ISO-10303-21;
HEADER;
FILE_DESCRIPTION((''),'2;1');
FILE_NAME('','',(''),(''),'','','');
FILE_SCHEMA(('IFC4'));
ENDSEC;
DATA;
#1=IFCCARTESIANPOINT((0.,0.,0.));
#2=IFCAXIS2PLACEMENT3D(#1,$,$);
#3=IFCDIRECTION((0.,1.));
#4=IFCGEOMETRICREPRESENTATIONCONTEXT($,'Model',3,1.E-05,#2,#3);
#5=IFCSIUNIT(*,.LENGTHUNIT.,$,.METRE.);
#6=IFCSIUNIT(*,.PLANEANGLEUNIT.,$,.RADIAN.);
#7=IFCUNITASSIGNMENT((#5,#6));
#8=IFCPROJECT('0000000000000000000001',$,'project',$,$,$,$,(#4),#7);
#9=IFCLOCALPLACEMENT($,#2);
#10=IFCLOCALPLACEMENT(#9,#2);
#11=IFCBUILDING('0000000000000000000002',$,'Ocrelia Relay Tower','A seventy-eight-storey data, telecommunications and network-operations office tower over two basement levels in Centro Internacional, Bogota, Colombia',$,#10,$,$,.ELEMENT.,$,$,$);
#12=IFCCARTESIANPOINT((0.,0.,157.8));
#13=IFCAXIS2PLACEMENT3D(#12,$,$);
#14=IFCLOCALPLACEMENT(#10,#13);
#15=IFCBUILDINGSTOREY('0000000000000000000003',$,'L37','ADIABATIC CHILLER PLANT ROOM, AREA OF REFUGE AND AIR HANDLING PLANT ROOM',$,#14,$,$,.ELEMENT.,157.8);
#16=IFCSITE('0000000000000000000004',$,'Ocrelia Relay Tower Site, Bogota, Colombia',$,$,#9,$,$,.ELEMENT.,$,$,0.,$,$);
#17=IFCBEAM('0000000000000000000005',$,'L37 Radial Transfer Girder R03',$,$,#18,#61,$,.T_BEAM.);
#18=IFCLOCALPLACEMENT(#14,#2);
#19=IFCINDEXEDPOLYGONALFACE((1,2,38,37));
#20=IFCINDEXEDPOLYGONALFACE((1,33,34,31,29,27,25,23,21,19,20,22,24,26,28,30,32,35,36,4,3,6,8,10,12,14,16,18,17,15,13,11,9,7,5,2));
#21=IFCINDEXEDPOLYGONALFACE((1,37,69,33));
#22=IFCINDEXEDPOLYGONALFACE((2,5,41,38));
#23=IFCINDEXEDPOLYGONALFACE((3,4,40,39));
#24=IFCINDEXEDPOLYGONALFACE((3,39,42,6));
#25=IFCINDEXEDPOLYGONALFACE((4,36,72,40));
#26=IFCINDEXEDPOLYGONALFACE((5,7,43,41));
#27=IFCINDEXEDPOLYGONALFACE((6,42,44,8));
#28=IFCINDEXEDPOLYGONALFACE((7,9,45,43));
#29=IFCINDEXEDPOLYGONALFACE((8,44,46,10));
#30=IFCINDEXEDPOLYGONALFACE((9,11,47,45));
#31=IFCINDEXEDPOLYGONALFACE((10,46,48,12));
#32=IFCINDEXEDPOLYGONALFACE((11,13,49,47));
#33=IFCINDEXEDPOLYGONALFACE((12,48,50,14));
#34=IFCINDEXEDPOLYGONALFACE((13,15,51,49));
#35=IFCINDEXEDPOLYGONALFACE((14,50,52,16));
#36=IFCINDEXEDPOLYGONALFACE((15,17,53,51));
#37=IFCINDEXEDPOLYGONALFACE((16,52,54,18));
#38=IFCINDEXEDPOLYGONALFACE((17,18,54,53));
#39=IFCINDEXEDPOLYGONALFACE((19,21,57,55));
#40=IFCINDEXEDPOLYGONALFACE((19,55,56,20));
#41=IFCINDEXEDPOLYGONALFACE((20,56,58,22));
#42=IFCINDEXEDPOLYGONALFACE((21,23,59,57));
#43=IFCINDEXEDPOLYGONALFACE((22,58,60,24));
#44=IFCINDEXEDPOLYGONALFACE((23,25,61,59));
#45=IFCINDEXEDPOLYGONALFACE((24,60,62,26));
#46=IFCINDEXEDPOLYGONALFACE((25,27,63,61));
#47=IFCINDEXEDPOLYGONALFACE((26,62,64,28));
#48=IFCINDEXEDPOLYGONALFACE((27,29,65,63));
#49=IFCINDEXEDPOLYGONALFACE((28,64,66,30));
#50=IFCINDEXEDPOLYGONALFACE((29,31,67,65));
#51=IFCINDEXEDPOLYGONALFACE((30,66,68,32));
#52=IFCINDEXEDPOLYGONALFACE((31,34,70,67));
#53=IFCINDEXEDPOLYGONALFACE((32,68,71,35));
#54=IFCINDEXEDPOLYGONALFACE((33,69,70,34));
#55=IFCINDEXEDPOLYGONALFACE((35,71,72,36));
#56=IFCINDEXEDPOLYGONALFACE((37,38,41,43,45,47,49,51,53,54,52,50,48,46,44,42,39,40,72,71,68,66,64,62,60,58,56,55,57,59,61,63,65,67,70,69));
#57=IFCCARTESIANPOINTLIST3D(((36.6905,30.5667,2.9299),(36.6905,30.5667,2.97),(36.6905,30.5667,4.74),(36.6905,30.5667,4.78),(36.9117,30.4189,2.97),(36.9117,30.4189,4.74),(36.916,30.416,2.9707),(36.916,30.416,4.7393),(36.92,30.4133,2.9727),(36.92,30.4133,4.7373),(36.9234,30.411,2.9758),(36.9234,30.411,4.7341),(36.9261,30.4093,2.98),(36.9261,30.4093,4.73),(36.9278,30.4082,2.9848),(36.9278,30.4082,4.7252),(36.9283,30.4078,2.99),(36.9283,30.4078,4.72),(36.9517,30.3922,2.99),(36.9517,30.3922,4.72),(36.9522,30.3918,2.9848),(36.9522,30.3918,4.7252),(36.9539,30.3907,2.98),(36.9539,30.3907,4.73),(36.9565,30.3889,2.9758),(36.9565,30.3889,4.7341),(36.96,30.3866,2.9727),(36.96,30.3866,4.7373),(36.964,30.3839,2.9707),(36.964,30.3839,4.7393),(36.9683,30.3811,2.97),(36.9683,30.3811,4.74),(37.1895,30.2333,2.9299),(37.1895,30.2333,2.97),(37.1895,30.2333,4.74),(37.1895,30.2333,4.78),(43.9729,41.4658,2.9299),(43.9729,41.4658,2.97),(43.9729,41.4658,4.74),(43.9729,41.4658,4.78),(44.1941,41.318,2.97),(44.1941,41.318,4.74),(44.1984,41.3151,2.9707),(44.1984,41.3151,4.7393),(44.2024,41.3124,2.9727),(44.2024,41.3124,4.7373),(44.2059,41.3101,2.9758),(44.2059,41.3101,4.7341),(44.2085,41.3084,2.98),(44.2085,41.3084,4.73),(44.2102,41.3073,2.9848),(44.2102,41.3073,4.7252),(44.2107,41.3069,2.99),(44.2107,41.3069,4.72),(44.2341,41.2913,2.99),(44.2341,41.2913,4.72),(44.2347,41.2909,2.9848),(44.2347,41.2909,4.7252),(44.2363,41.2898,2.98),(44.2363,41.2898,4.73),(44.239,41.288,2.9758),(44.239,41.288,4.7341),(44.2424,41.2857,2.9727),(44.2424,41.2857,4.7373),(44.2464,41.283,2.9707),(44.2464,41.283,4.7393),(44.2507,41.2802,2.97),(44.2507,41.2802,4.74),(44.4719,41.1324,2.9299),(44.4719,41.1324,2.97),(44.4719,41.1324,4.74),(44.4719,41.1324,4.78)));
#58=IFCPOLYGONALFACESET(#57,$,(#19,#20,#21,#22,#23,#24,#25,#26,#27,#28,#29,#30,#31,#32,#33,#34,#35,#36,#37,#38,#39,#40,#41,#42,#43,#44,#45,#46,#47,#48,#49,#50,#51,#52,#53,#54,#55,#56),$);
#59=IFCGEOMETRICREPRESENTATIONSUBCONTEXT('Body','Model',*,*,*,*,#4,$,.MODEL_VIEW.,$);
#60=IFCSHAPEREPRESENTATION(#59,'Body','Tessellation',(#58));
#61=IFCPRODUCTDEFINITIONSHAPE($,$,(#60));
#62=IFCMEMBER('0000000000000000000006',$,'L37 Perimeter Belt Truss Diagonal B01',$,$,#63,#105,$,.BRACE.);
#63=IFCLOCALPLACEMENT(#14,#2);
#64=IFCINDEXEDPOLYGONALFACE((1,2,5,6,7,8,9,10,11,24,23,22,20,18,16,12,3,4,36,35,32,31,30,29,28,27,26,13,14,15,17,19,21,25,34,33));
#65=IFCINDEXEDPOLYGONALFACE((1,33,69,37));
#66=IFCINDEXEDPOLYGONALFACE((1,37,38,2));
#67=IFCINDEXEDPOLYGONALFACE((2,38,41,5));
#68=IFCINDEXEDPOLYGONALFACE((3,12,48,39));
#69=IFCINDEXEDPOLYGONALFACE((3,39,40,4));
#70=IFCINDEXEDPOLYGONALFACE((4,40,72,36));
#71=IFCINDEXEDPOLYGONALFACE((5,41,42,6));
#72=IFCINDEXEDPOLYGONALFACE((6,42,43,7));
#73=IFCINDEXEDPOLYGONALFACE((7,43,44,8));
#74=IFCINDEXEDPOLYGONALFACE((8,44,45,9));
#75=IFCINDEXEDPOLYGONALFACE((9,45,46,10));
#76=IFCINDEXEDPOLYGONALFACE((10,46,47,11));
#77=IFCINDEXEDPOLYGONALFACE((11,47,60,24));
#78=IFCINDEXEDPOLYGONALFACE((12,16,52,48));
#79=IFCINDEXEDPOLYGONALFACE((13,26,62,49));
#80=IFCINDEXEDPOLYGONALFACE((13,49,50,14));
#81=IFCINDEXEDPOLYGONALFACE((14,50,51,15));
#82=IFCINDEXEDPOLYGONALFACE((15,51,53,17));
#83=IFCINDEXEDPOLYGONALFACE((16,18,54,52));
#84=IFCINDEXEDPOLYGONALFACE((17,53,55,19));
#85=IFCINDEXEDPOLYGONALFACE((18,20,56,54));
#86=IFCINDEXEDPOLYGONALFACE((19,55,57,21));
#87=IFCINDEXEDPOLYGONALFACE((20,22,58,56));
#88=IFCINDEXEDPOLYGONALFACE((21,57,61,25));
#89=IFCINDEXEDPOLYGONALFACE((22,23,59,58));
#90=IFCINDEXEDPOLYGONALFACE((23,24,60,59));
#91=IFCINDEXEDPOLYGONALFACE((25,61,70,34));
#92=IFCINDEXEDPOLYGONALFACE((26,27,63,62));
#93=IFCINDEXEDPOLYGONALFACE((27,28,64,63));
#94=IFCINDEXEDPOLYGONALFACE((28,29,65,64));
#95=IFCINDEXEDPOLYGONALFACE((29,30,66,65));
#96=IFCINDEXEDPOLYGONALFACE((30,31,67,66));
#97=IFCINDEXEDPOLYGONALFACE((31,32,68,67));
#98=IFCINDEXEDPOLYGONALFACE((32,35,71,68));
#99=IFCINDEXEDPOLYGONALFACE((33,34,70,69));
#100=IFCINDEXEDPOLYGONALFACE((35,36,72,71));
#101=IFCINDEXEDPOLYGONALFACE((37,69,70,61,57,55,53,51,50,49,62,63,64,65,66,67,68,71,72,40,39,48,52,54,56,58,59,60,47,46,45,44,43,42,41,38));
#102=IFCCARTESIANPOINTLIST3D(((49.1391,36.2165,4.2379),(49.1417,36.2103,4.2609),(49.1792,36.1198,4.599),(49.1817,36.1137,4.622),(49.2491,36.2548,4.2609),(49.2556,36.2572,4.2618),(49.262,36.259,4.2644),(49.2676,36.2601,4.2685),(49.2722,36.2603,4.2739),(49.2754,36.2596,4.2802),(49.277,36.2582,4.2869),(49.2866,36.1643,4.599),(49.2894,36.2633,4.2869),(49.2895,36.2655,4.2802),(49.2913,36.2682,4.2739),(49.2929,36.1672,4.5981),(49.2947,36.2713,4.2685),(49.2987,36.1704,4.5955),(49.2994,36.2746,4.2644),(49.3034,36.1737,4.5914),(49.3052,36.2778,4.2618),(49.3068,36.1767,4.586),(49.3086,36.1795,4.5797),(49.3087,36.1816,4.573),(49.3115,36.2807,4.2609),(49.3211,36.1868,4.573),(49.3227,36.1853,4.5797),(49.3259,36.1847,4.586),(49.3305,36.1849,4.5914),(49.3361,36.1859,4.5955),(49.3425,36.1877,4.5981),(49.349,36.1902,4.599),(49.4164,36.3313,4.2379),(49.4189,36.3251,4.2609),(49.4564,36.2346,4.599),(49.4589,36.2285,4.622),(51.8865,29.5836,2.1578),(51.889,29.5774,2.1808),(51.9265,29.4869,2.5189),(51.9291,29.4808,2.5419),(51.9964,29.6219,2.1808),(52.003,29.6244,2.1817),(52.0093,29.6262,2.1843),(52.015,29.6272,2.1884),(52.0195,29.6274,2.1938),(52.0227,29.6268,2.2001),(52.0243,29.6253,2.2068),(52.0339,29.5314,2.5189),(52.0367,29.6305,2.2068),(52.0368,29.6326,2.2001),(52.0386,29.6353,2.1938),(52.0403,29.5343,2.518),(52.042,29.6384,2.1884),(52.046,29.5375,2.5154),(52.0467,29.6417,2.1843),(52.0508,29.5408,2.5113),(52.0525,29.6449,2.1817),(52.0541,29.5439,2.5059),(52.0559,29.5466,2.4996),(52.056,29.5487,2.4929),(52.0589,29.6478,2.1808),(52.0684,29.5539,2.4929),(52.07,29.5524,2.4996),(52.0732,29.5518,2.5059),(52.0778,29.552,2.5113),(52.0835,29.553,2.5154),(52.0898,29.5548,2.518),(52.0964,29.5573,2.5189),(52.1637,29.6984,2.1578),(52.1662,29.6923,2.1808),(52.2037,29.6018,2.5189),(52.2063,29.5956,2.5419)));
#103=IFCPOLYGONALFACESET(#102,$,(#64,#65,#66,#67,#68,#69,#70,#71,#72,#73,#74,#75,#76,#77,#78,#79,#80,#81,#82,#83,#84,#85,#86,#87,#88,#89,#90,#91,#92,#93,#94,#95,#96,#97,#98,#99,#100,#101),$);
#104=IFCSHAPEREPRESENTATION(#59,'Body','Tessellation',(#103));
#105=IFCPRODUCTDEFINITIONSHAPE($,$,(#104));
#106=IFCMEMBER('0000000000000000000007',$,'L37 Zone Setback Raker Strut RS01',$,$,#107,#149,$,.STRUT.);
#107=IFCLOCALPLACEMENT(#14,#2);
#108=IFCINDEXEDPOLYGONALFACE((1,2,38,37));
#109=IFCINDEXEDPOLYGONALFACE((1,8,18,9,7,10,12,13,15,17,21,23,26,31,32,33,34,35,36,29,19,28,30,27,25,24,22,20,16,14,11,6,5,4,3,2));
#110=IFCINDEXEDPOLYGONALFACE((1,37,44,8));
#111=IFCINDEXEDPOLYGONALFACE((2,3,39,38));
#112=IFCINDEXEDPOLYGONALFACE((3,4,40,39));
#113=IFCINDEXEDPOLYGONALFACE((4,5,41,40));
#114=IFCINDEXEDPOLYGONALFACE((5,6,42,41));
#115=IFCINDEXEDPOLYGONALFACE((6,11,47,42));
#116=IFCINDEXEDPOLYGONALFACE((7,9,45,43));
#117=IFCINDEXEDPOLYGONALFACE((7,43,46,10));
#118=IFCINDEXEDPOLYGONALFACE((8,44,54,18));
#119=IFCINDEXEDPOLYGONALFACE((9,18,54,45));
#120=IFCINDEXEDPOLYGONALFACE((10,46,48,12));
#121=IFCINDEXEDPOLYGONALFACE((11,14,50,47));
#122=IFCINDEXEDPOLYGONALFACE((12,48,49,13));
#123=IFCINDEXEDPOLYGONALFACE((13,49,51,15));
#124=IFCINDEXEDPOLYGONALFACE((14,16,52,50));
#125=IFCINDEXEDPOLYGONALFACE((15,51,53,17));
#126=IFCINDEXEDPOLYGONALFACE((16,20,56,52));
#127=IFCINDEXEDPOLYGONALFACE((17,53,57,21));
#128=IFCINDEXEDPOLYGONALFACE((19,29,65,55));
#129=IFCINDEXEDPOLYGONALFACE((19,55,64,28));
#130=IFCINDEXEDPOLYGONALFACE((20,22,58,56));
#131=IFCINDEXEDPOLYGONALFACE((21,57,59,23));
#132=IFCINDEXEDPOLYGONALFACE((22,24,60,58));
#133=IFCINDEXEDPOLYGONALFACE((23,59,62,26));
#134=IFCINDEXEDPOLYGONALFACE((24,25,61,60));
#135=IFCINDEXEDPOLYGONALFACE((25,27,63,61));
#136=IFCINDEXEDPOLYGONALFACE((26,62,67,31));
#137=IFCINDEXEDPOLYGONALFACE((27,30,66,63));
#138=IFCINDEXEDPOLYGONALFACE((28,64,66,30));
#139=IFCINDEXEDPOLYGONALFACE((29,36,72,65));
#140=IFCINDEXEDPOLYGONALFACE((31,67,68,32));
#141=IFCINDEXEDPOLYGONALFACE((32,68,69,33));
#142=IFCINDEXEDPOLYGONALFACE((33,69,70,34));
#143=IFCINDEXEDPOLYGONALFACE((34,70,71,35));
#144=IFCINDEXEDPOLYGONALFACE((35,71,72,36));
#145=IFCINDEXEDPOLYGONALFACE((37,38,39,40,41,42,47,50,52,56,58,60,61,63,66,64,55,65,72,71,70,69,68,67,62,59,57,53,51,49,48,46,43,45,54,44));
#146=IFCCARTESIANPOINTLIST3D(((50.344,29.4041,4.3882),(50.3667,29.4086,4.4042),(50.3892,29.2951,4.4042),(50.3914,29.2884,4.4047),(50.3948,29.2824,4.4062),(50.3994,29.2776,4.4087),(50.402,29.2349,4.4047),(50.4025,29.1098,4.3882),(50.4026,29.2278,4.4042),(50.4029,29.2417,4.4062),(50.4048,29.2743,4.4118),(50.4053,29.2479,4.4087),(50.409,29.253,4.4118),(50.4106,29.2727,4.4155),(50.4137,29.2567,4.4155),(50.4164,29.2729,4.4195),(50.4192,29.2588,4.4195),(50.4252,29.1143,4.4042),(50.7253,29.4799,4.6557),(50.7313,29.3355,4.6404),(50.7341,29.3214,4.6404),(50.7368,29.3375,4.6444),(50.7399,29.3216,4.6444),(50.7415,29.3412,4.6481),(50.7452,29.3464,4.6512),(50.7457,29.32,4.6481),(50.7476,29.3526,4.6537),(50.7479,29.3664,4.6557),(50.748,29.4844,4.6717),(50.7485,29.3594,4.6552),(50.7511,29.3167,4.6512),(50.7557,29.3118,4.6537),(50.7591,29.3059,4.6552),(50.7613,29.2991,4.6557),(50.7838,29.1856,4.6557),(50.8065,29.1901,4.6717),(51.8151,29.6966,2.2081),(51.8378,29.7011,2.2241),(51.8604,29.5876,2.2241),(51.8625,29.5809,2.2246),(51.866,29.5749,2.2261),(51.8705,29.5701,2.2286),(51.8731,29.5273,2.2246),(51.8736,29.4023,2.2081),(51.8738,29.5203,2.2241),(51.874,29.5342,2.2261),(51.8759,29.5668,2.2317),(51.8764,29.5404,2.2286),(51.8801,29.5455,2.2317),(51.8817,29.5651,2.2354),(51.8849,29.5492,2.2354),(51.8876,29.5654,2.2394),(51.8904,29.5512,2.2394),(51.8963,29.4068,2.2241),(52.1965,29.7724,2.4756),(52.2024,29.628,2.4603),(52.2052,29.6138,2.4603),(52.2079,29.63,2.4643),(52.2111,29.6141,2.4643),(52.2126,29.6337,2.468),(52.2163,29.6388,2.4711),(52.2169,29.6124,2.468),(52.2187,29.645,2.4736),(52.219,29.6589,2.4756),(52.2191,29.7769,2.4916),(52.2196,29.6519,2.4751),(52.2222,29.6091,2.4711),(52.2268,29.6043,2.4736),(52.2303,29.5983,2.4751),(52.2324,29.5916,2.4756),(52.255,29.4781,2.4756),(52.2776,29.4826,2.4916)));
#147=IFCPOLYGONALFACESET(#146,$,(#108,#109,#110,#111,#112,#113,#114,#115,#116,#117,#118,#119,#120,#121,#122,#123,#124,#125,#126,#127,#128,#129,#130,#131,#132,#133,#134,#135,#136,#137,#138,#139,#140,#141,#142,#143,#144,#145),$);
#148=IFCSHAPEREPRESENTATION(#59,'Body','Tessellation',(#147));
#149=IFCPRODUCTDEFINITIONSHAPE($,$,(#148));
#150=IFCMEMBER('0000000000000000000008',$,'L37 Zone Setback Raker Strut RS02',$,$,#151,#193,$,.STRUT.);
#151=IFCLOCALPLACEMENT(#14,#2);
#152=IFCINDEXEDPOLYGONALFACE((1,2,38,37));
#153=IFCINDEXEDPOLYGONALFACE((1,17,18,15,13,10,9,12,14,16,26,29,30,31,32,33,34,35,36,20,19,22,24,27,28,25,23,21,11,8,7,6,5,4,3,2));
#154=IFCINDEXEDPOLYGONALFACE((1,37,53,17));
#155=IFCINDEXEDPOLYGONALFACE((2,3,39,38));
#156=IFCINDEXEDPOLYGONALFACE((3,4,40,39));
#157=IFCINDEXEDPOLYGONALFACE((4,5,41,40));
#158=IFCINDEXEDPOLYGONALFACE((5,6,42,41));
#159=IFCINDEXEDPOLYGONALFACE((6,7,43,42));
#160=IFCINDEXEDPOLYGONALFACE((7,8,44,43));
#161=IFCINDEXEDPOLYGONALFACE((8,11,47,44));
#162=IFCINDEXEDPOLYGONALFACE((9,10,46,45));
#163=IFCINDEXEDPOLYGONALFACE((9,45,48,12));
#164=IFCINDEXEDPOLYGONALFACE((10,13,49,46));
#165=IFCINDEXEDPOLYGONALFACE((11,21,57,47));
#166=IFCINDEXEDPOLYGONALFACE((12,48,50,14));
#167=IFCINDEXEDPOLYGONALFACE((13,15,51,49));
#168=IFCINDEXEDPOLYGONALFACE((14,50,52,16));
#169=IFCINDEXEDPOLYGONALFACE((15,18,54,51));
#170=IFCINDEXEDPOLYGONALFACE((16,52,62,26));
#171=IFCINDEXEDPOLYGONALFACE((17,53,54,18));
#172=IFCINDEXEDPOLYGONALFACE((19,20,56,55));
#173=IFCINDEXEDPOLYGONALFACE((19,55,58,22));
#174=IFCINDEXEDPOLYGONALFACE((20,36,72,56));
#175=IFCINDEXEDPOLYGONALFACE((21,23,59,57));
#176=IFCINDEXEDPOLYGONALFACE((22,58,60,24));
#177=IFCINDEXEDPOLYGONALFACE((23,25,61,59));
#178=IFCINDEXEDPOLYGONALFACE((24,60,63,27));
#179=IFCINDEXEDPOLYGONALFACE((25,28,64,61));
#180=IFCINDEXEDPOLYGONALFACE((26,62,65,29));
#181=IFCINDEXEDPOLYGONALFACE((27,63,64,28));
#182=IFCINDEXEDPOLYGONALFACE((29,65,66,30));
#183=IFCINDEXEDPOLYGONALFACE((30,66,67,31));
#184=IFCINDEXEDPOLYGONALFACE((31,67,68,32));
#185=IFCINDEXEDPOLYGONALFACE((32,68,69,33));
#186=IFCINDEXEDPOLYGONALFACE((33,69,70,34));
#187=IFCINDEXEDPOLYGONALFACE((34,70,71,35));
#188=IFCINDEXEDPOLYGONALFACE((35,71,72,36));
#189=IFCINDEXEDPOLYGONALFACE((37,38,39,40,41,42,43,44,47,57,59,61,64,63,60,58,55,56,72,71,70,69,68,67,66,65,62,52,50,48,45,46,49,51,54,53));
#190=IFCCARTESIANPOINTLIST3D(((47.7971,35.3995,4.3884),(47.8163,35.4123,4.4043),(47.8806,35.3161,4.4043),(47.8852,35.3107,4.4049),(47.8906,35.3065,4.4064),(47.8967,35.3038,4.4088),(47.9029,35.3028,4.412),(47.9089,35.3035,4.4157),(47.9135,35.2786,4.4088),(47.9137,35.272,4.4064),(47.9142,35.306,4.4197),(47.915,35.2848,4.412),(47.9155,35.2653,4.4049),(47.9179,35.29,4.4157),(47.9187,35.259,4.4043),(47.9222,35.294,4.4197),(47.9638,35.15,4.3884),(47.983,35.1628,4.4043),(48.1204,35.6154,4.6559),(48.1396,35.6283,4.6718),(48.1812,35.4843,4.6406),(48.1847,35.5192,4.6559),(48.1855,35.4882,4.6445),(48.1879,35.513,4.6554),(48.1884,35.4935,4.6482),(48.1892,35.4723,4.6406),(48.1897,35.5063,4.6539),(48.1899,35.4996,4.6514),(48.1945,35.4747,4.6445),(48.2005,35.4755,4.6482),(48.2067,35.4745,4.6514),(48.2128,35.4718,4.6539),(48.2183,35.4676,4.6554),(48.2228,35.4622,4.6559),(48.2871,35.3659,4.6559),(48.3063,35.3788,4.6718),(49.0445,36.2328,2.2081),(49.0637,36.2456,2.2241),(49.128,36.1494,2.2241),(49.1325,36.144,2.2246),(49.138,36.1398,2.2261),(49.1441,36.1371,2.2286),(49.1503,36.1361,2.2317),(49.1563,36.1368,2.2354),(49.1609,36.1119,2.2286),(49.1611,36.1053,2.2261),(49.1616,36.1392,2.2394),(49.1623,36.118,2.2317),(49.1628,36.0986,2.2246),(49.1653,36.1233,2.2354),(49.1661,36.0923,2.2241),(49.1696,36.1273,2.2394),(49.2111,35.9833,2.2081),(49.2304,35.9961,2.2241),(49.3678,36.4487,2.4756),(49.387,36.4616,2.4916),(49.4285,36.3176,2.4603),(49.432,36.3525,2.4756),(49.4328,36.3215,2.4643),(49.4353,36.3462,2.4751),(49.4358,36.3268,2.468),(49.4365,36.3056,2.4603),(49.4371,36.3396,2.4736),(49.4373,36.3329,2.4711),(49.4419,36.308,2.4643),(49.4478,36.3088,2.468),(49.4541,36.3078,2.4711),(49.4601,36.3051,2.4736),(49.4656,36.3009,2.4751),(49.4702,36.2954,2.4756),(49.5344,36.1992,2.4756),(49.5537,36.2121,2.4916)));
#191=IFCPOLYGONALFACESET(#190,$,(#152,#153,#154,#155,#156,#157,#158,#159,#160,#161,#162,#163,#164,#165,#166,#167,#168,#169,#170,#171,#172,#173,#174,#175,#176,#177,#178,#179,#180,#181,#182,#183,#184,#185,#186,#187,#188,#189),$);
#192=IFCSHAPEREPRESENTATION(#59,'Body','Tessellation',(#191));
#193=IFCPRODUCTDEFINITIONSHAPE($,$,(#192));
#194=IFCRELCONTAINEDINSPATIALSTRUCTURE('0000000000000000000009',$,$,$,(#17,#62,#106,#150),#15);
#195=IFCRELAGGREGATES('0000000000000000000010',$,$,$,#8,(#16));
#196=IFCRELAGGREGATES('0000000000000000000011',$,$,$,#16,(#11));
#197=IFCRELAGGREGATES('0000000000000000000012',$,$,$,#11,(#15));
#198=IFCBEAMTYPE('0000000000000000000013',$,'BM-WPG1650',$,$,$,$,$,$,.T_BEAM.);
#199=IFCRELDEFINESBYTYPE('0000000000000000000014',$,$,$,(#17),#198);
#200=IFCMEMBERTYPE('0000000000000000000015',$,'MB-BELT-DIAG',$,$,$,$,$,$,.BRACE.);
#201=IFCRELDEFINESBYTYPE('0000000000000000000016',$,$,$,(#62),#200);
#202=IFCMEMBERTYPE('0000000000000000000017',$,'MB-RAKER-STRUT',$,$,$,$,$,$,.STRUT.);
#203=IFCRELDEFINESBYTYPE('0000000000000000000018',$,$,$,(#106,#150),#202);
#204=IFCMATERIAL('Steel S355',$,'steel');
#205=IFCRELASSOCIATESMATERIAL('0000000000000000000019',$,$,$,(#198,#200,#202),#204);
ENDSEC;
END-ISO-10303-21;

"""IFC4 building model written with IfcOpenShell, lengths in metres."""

from ifc_helpers import new_model, si_unit, direction, frame, origin, origin_2d, place, context, subcontext, project, spatial, i_section, extrude, material, material_profile, profile_set, type_object, element, save


model = new_model("IFC4")

# Units and contexts
model_context = context("Model", 3, precision=1e-05, world=origin(), true_north=direction((0.0, 1.0)))
body_context = subcontext(model_context, "Body", "Model", "MODEL_VIEW")
ifc_project = project(units=[si_unit("LENGTHUNIT", "METRE"), si_unit("PLANEANGLEUNIT", "RADIAN")], contexts=[model_context])

# Site, building, storey
site_placement = place(None, origin())
site = spatial("IfcSite", under=ifc_project, at=site_placement, Name="Ocrelia Relay Tower Site, Bogota, Colombia", CompositionType="ELEMENT", RefElevation=0.0)
building_placement = place(site_placement, origin())
building = spatial("IfcBuilding", under=site, at=building_placement, Name="Ocrelia Relay Tower", Description="A seventy-eight-storey data, telecommunications and network-operations office tower over two basement levels in Centro Internacional, Bogota, Colombia", CompositionType="ELEMENT")
storey_placement = place(building_placement, frame((0.0, 0.0, 157.8)))
storey = spatial("IfcBuildingStorey", under=building, at=storey_placement, Name="L37", Description="ADIABATIC CHILLER PLANT ROOM, AREA OF REFUGE AND AIR HANDLING PLANT ROOM", CompositionType="ELEMENT", Elevation=157.8)

# Beam
ifc_material_1 = material(Name="Steel S355", Category="steel")
ifc_material_profile_1 = material_profile(ifc_material_1, i_section(OverallWidth=0.6001, OverallDepth=1.8501, WebThickness=0.0281, FlangeThickness=0.04, FilletRadius=0.02, at=origin_2d()), Name="WPG 1850x600")
ifc_profile_set_1 = profile_set([ifc_material_profile_1], Name="Steel S355")
beam_type_1 = type_object("IfcBeamType", Name="BM-WPG1650", PredefinedType="T_BEAM", material=ifc_profile_set_1)
beam_1_placement = place(storey_placement, frame((44.2224, 41.2991, 3.855), z_axis=(-0.555564, -0.831474, 0.0), x_axis=(0.831474, -0.555564, 0.0)))
element("IfcBeam", 1, at=beam_1_placement, inside=storey, type_object=beam_type_1, Name="L37 Radial Transfer Girder R03", PredefinedType="T_BEAM", context=body_context, shape_type="SweptSolid", body=[
    extrude(i_section(OverallWidth=0.6001, OverallDepth=1.8501, WebThickness=0.0281, FlangeThickness=0.04, FilletRadius=0.02, at=origin_2d()), origin(), (0.0, 0.0, 1.0), 13.1082),
])

# Members
ifc_material_profile_2 = material_profile(ifc_material_1, i_section(OverallWidth=0.3, OverallDepth=0.3999, WebThickness=0.0134, FlangeThickness=0.0239, FilletRadius=0.0271, at=origin_2d()), Name="HEB 400")
ifc_profile_set_2 = profile_set([ifc_material_profile_2], Name="Steel S355")
member_type_1 = type_object("IfcMemberType", Name="MB-BELT-DIAG", PredefinedType="BRACE", material=ifc_profile_set_2)
member_1_placement = place(storey_placement, frame((52.0464, 29.5896, 2.3499), z_axis=(-0.367557, 0.887388, 0.278289), x_axis=(-0.923884, -0.382673, 0.0)))
element("IfcMember", 2, at=member_1_placement, inside=storey, type_object=member_type_1, Name="L37 Perimeter Belt Truss Diagonal B01", PredefinedType="BRACE", context=body_context, shape_type="SweptSolid", body=[
    extrude(i_section(OverallWidth=0.3, OverallDepth=0.3999, WebThickness=0.0134, FlangeThickness=0.0239, FilletRadius=0.0271, at=origin_2d()), origin(), (0.0, 0.0, 1.0), 7.4746),
])
ifc_material_profile_3 = material_profile(ifc_material_1, i_section(OverallWidth=0.3, OverallDepth=0.5, WebThickness=0.0144, FlangeThickness=0.0281, FilletRadius=0.0271, at=origin_2d()), Name="HEB 500")
ifc_profile_set_3 = profile_set([ifc_material_profile_3], Name="Steel S355")
member_type_2 = type_object("IfcMemberType", Name="MB-RAKER-STRUT", PredefinedType="STRUT", material=ifc_profile_set_3)
member_2_placement = place(storey_placement, frame((52.0464, 29.5896, 2.3499), z_axis=(-0.555934, -0.110523, 0.823846), x_axis=(0.194989, -0.980805, 0.0)))
element("IfcMember", 3, at=member_2_placement, inside=storey, type_object=member_type_2, Name="L37 Zone Setback Raker Strut RS01", PredefinedType="STRUT", context=body_context, shape_type="SweptSolid", body=[
    extrude(i_section(OverallWidth=0.3, OverallDepth=0.5, WebThickness=0.0144, FlangeThickness=0.0281, FilletRadius=0.0271, at=origin_2d()), origin(), (0.0, 0.0, 1.0), 2.6462),
])
for number, where, z_axis, x_axis, name in (
    (4, (49.2991, 36.2224, 2.3499), (-0.471331, -0.314866, 0.823837), (0.555489, -0.831524, 0.0), "L37 Zone Setback Raker Strut RS02"),
):
    element("IfcMember", number, at=place(storey_placement, frame(where, z_axis=z_axis, x_axis=x_axis)), inside=storey, type_object=member_type_2, Name=name, PredefinedType="STRUT", context=body_context, shape_type="SweptSolid", body=[
        extrude(i_section(OverallWidth=0.3, OverallDepth=0.5, WebThickness=0.0144, FlangeThickness=0.0281, FilletRadius=0.0271, at=origin_2d()), origin(), (0.0, 0.0, 1.0), 2.6465),
    ])

save(model, "model.ifc")
